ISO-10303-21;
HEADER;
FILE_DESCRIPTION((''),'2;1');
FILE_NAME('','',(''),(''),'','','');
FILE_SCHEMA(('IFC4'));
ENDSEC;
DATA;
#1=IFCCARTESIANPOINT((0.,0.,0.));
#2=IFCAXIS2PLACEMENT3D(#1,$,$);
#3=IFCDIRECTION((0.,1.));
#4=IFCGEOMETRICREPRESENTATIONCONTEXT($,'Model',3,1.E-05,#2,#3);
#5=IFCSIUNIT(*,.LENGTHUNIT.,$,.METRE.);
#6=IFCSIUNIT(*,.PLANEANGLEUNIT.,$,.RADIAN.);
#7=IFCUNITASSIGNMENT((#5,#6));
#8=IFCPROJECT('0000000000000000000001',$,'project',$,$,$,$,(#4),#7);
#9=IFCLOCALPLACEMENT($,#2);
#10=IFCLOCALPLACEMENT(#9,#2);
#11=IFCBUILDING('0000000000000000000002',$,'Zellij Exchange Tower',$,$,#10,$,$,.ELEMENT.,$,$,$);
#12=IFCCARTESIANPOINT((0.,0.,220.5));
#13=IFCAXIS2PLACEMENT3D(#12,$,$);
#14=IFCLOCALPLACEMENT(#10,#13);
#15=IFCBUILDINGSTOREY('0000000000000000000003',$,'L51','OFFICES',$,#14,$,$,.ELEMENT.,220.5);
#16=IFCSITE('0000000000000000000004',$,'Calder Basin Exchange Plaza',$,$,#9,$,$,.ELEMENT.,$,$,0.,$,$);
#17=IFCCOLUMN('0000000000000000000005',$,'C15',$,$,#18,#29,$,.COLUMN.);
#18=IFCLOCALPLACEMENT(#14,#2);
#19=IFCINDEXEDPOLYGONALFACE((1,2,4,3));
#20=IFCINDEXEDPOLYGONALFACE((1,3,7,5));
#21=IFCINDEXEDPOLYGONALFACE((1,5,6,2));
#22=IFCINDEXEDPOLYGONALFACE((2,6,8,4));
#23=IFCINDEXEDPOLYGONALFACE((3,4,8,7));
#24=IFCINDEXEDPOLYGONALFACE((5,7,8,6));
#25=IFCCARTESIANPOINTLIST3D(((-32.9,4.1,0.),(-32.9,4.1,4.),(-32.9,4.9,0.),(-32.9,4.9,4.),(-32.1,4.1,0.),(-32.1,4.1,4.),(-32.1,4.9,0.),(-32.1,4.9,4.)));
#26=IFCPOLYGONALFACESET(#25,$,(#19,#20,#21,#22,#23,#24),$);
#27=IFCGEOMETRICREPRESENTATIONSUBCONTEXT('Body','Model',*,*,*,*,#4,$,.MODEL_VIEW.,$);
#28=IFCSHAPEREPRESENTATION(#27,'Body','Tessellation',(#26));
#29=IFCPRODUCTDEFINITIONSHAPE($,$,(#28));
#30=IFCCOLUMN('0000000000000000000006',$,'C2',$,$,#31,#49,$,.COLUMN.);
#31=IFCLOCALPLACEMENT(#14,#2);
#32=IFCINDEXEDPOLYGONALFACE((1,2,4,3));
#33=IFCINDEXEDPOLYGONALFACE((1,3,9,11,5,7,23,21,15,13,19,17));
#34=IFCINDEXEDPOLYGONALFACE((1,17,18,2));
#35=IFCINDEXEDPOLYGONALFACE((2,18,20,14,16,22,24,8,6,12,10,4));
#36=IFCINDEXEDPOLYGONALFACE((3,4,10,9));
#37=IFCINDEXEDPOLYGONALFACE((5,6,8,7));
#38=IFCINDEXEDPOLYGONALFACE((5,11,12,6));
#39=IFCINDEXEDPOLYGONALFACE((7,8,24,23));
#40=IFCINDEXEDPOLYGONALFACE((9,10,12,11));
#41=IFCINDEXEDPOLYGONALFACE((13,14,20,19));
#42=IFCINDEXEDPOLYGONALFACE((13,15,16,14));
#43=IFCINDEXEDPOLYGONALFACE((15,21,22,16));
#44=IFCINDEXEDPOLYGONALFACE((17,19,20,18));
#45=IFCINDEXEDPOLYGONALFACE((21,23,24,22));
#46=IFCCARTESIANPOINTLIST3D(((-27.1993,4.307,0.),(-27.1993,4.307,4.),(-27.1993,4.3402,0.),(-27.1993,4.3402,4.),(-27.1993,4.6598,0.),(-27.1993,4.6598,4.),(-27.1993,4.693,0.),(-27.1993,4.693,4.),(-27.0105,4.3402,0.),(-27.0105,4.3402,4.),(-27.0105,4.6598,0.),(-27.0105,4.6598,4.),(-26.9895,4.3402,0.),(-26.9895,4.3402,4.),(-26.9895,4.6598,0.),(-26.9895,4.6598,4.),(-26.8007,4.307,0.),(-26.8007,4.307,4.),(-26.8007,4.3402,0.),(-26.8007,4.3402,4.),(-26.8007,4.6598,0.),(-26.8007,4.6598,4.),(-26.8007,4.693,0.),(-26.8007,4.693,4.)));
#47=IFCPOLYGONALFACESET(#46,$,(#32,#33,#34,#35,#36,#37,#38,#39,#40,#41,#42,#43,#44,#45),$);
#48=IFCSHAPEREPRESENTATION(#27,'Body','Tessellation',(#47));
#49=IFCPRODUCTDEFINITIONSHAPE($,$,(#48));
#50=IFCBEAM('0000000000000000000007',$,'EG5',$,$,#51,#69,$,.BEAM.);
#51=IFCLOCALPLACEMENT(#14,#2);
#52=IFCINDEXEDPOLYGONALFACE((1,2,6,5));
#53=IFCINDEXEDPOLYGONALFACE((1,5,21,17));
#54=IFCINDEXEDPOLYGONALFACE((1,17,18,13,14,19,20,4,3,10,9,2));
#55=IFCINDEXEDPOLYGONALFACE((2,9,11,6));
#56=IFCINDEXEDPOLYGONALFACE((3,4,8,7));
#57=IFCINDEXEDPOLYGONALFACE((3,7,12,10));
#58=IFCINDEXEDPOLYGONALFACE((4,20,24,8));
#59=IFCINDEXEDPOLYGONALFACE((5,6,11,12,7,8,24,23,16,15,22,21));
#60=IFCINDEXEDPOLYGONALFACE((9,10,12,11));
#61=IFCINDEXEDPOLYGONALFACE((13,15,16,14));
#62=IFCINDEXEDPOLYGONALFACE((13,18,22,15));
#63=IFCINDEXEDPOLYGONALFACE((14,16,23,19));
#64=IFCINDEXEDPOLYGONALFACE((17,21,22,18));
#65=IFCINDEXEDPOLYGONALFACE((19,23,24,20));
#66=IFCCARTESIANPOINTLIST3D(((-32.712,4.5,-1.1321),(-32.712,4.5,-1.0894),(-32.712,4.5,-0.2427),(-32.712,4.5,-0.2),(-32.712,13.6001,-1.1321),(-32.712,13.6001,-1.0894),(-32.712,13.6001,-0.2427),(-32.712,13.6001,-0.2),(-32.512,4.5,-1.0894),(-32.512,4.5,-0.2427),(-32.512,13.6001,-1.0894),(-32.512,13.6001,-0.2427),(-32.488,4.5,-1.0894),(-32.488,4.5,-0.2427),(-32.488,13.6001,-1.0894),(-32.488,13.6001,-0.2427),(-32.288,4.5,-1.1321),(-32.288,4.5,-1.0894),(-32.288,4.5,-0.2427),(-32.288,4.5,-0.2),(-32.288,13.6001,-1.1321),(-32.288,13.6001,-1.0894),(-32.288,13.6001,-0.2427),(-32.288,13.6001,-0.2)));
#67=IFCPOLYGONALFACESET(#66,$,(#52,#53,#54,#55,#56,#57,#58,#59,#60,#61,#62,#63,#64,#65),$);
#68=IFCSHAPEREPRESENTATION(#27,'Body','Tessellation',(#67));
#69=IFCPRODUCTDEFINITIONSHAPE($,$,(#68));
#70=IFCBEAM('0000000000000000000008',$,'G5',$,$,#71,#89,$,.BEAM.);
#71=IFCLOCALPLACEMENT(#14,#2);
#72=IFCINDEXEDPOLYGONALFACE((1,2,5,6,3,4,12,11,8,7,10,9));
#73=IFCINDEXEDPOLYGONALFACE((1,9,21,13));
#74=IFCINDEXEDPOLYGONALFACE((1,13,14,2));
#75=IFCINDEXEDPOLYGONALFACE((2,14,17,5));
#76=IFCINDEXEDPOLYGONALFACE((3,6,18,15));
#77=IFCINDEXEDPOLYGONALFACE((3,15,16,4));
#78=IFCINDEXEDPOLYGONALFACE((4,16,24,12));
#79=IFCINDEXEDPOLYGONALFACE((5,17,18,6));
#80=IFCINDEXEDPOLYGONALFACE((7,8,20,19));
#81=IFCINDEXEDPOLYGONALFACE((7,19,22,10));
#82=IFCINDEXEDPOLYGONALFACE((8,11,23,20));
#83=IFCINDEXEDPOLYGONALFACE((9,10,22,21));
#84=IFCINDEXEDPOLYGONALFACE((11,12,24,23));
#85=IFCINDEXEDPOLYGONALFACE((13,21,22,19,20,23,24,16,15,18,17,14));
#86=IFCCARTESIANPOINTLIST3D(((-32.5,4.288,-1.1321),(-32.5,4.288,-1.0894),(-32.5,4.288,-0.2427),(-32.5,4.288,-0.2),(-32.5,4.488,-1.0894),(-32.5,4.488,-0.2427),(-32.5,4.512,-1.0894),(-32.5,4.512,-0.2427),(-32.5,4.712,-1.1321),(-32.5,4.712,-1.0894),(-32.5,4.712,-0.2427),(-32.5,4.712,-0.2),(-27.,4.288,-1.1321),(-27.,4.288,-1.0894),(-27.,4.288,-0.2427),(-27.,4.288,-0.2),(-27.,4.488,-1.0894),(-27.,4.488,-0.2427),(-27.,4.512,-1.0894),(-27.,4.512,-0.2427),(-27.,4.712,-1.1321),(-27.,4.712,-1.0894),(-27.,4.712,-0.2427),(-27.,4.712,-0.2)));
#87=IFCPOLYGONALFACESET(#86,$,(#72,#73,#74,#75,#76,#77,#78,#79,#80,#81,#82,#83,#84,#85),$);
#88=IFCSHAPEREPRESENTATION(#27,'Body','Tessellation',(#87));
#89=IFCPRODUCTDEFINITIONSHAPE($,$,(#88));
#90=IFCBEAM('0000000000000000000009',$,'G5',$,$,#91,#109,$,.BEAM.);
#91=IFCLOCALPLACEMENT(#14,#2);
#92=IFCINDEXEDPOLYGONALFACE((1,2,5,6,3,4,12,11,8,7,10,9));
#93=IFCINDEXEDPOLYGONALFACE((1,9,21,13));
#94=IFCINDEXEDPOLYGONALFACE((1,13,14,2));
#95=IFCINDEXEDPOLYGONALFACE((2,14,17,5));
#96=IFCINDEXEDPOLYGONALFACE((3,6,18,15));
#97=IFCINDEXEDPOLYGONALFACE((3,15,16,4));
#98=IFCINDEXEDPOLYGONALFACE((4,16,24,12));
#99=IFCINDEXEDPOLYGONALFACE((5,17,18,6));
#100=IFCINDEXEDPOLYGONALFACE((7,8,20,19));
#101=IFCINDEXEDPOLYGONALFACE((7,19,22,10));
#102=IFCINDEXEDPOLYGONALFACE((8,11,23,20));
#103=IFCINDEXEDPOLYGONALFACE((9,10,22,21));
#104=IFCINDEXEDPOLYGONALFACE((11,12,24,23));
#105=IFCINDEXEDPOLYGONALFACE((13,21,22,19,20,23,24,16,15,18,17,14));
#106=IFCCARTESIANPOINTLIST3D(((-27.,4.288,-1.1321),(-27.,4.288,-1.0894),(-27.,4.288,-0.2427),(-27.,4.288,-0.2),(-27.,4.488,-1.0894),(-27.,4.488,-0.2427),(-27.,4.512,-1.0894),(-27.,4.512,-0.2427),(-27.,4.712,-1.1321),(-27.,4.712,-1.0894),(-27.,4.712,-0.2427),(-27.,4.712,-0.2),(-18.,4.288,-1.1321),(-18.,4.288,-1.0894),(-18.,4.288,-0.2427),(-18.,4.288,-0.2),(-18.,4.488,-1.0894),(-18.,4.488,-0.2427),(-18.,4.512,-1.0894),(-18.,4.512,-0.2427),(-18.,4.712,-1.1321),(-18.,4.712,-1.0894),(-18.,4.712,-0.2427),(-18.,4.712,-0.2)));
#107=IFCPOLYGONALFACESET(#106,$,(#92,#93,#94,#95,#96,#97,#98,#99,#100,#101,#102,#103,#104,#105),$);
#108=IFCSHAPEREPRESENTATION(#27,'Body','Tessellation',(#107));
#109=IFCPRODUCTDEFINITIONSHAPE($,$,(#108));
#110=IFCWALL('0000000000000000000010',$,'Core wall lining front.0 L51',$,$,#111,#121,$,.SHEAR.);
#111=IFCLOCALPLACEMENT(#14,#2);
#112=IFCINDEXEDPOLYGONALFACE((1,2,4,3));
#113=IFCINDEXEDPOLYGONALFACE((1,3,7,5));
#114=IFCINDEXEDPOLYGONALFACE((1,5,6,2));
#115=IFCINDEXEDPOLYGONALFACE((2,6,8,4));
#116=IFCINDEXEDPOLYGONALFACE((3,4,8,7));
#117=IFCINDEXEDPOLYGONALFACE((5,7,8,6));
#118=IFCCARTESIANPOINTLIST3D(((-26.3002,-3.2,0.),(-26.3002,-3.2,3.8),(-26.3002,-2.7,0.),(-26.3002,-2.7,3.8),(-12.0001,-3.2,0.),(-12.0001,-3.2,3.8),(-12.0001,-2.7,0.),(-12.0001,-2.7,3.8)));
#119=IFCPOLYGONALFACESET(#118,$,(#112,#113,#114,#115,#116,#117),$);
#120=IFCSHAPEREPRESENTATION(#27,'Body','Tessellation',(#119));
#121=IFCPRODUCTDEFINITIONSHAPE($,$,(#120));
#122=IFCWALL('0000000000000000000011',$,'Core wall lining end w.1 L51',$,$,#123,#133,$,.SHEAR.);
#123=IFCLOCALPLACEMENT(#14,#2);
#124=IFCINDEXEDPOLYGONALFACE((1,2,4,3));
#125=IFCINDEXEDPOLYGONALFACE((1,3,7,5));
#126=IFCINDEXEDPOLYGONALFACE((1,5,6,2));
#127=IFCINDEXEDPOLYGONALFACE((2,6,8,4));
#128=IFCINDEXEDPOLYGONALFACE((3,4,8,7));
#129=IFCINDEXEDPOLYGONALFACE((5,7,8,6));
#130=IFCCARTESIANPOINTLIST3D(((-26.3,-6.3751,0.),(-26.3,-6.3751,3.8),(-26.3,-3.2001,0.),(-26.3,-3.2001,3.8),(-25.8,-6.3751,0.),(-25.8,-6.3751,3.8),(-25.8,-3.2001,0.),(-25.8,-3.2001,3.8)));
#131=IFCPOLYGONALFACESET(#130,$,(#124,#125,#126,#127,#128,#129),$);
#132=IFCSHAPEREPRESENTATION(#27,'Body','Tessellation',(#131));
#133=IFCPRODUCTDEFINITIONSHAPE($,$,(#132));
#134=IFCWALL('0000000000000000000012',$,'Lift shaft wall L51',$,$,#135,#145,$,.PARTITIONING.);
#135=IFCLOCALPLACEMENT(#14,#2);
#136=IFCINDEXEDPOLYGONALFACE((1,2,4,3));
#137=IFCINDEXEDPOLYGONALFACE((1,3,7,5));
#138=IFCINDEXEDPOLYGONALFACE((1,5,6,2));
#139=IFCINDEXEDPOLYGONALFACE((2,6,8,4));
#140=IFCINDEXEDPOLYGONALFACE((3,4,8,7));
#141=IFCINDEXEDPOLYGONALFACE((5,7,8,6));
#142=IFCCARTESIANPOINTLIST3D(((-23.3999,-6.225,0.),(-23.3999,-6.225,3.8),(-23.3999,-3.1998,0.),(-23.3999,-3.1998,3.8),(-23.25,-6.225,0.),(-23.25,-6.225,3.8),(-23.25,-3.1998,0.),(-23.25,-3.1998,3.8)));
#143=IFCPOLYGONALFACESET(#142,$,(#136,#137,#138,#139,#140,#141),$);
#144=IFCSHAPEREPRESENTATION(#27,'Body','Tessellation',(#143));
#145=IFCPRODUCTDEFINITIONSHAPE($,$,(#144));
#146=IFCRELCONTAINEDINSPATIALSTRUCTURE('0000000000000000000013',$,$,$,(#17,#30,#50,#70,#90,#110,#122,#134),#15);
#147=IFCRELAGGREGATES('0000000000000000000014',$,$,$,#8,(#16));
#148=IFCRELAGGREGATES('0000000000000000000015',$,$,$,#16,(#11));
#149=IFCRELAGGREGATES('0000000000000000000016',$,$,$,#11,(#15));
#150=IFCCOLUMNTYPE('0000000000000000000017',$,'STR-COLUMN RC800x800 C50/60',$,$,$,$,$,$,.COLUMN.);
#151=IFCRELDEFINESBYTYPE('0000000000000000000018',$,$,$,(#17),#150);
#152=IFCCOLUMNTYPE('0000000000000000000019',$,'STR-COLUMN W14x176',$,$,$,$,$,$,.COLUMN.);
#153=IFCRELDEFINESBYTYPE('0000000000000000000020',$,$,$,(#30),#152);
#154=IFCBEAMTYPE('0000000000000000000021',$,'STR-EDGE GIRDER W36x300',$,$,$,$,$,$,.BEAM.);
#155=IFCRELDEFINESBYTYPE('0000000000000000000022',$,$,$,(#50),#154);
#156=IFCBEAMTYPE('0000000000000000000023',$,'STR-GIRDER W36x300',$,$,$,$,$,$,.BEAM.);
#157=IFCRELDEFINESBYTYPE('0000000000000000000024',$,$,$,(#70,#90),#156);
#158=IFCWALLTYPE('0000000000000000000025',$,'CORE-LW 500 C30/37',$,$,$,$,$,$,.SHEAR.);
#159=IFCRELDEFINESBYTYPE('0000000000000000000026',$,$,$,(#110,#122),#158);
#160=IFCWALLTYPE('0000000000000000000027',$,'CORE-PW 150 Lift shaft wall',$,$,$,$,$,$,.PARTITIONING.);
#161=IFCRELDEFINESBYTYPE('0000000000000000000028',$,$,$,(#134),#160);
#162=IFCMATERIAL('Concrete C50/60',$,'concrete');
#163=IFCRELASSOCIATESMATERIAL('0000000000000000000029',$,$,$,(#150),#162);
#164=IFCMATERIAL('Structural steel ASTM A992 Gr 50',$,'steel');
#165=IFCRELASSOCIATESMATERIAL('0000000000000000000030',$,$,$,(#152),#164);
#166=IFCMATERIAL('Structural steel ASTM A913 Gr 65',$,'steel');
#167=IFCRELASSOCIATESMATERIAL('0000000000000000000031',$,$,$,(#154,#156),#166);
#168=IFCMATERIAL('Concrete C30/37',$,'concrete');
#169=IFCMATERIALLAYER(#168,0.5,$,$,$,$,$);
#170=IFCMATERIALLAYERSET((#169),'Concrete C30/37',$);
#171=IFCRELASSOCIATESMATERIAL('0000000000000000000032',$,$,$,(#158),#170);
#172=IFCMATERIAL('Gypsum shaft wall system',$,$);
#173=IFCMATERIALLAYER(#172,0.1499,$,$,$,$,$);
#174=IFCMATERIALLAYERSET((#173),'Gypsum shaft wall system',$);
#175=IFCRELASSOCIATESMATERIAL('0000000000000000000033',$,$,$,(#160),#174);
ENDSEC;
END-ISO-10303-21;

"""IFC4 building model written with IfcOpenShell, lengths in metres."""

from ifc_helpers import new_model, si_unit, direction, frame, frame_2d, origin, origin_2d, place, context, subcontext, project, spatial, rectangle, i_section, extrude, material, layer, layer_set, material_profile, profile_set, type_object, element, save


model = new_model("IFC4")

# Units and contexts
model_context = context("Model", 3, precision=1e-05, world=origin(), true_north=direction((0.0, 1.0)))
body_context = subcontext(model_context, "Body", "Model", "MODEL_VIEW")
ifc_project = project(units=[si_unit("LENGTHUNIT", "METRE"), si_unit("PLANEANGLEUNIT", "RADIAN")], contexts=[model_context])

# Site, building, storey
site_placement = place(None, origin())
site = spatial("IfcSite", under=ifc_project, at=site_placement, Name="Calder Basin Exchange Plaza", CompositionType="ELEMENT", RefElevation=0.0)
building_placement = place(site_placement, origin())
building = spatial("IfcBuilding", under=site, at=building_placement, Name="Zellij Exchange Tower", CompositionType="ELEMENT")
storey_placement = place(building_placement, frame((0.0, 0.0, 220.5)))
storey = spatial("IfcBuildingStorey", under=building, at=storey_placement, Name="L51", Description="OFFICES", CompositionType="ELEMENT", Elevation=220.5)

# Columns
ifc_material_1 = material(Name="Concrete C50/60", Category="concrete")
ifc_material_profile_1 = material_profile(ifc_material_1, rectangle(XDim=0.8, YDim=0.8, at=origin_2d()), Name="STR-COLUMN RC800x800 C50/60")
ifc_profile_set_1 = profile_set([ifc_material_profile_1], Name="Concrete C50/60")
column_type_1 = type_object("IfcColumnType", Name="STR-COLUMN RC800x800 C50/60", PredefinedType="COLUMN", material=ifc_profile_set_1)
column_1_placement = place(storey_placement, frame((-32.5, 4.5, 0.0), z_axis=(0.0, 0.0, 1.0), x_axis=(1.0, 0.0, 0.0)))
element("IfcColumn", 1, at=column_1_placement, inside=storey, type_object=column_type_1, Name="C15", PredefinedType="COLUMN", context=body_context, shape_type="SweptSolid", body=[
    extrude(rectangle(XDim=0.8, YDim=0.8, at=origin_2d()), origin(), (0.0, 0.0, 1.0), 4.0),
])
ifc_material_2 = material(Name="Structural steel ASTM A992 Gr 50", Category="steel")
ifc_material_profile_2 = material_profile(ifc_material_2, i_section(OverallWidth=0.3987, OverallDepth=0.386, WebThickness=0.021, FlangeThickness=0.0332, at=origin_2d()), Name="W14x176")
ifc_profile_set_2 = profile_set([ifc_material_profile_2], Name="Structural steel ASTM A992 Gr 50")
column_type_2 = type_object("IfcColumnType", Name="STR-COLUMN W14x176", PredefinedType="COLUMN", material=ifc_profile_set_2)
column_2_placement = place(storey_placement, frame((-27.0, 4.5, 0.0), z_axis=(0.0, 0.0, 1.0), x_axis=(1.0, 0.0, 0.0)))
element("IfcColumn", 2, at=column_2_placement, inside=storey, type_object=column_type_2, Name="C2", PredefinedType="COLUMN", context=body_context, shape_type="SweptSolid", body=[
    extrude(i_section(OverallWidth=0.3987, OverallDepth=0.386, WebThickness=0.021, FlangeThickness=0.0332, at=origin_2d()), origin(), (0.0, 0.0, 1.0), 4.0),
])

# Beams
ifc_material_3 = material(Name="Structural steel ASTM A913 Gr 65", Category="steel")
ifc_material_profile_3 = material_profile(ifc_material_3, i_section(OverallWidth=0.4241, OverallDepth=0.9321, WebThickness=0.0239, FlangeThickness=0.0427, at=origin_2d()), Name="W36x300")
ifc_profile_set_3 = profile_set([ifc_material_profile_3], Name="Structural steel ASTM A913 Gr 65")
beam_type_1 = type_object("IfcBeamType", Name="STR-EDGE GIRDER W36x300", PredefinedType="BEAM", material=ifc_profile_set_3)
beam_1_placement = place(storey_placement, frame((-32.5, 4.5, -0.666), z_axis=(0.0, 1.0, 0.0), x_axis=(-1.0, 0.0, 0.0)))
element("IfcBeam", 3, at=beam_1_placement, inside=storey, type_object=beam_type_1, Name="EG5", PredefinedType="BEAM", context=body_context, shape_type="SweptSolid", body=[
    extrude(i_section(OverallWidth=0.4241, OverallDepth=0.9321, WebThickness=0.0239, FlangeThickness=0.0427, at=origin_2d()), origin(), (0.0, 0.0, 1.0), 9.1001),
])
ifc_material_profile_4 = material_profile(ifc_material_3, i_section(OverallWidth=0.4241, OverallDepth=0.9321, WebThickness=0.0239, FlangeThickness=0.0427, at=origin_2d()), Name="W36x300")
ifc_profile_set_4 = profile_set([ifc_material_profile_4], Name="Structural steel ASTM A913 Gr 65")
beam_type_2 = type_object("IfcBeamType", Name="STR-GIRDER W36x300", PredefinedType="BEAM", material=ifc_profile_set_4)
beam_2_placement = place(storey_placement, frame((-32.5, 4.5, -0.666), z_axis=(1.0, 0.0, 0.0), x_axis=(0.0, 1.0, 0.0)))
element("IfcBeam", 4, at=beam_2_placement, inside=storey, type_object=beam_type_2, Name="G5", PredefinedType="BEAM", context=body_context, shape_type="SweptSolid", body=[
    extrude(i_section(OverallWidth=0.4241, OverallDepth=0.9321, WebThickness=0.0239, FlangeThickness=0.0427, at=origin_2d()), origin(), (0.0, 0.0, 1.0), 5.5),
])
beam_3_placement = place(storey_placement, frame((-27.0, 4.5, -0.666), z_axis=(1.0, 0.0, 0.0), x_axis=(0.0, 1.0, 0.0)))
element("IfcBeam", 5, at=beam_3_placement, inside=storey, type_object=beam_type_2, Name="G5", PredefinedType="BEAM", context=body_context, shape_type="SweptSolid", body=[
    extrude(i_section(OverallWidth=0.4241, OverallDepth=0.9321, WebThickness=0.0239, FlangeThickness=0.0427, at=origin_2d()), origin(), (0.0, 0.0, 1.0), 9.0),
])

# Walls
ifc_material_4 = material(Name="Concrete C30/37", Category="concrete")
ifc_layer_1 = layer(ifc_material_4, 0.5)
ifc_layer_set_1 = layer_set([ifc_layer_1], Name="Concrete C30/37")
wall_type_1 = type_object("IfcWallType", Name="CORE-LW 500 C30/37", PredefinedType="SHEAR", material=ifc_layer_set_1)
wall_1_placement = place(storey_placement, frame((-26.3, -2.95, 0.0), z_axis=(0.0, 0.0, 1.0), x_axis=(1.0, 0.0, 0.0)))
element("IfcWall", 6, at=wall_1_placement, inside=storey, type_object=wall_type_1, Name="Core wall lining front.0 L51", PredefinedType="SHEAR", context=body_context, shape_type="SweptSolid", body=[
    extrude(rectangle(XDim=14.3, YDim=0.5, at=frame_2d((7.1499, 0.0))), origin(), (0.0, 0.0, 1.0), 3.8),
])
wall_2_placement = place(storey_placement, frame((-26.05, -6.375, 0.0), z_axis=(0.0, 0.0, 1.0), x_axis=(0.0, 1.0, 0.0)))
element("IfcWall", 7, at=wall_2_placement, inside=storey, type_object=wall_type_1, Name="Core wall lining end w.1 L51", PredefinedType="SHEAR", context=body_context, shape_type="SweptSolid", body=[
    extrude(rectangle(XDim=3.175, YDim=0.5, at=frame_2d((1.5874, 0.0))), origin(), (0.0, 0.0, 1.0), 3.8),
])
ifc_material_5 = material(Name="Gypsum shaft wall system")
ifc_layer_2 = layer(ifc_material_5, 0.1499)
ifc_layer_set_2 = layer_set([ifc_layer_2], Name="Gypsum shaft wall system")
wall_type_2 = type_object("IfcWallType", Name="CORE-PW 150 Lift shaft wall", PredefinedType="PARTITIONING", material=ifc_layer_set_2)
wall_3_placement = place(storey_placement, frame((-23.325, -6.2251, 0.0), z_axis=(0.0, 0.0, 1.0), x_axis=(0.0, 1.0, 0.0)))
element("IfcWall", 8, at=wall_3_placement, inside=storey, type_object=wall_type_2, Name="Lift shaft wall L51", PredefinedType="PARTITIONING", context=body_context, shape_type="SweptSolid", body=[
    extrude(rectangle(XDim=3.0251, YDim=0.1499, at=frame_2d((1.5127, 0.0))), origin(), (0.0, 0.0, 1.0), 3.8),
])

save(model, "model.ifc")
